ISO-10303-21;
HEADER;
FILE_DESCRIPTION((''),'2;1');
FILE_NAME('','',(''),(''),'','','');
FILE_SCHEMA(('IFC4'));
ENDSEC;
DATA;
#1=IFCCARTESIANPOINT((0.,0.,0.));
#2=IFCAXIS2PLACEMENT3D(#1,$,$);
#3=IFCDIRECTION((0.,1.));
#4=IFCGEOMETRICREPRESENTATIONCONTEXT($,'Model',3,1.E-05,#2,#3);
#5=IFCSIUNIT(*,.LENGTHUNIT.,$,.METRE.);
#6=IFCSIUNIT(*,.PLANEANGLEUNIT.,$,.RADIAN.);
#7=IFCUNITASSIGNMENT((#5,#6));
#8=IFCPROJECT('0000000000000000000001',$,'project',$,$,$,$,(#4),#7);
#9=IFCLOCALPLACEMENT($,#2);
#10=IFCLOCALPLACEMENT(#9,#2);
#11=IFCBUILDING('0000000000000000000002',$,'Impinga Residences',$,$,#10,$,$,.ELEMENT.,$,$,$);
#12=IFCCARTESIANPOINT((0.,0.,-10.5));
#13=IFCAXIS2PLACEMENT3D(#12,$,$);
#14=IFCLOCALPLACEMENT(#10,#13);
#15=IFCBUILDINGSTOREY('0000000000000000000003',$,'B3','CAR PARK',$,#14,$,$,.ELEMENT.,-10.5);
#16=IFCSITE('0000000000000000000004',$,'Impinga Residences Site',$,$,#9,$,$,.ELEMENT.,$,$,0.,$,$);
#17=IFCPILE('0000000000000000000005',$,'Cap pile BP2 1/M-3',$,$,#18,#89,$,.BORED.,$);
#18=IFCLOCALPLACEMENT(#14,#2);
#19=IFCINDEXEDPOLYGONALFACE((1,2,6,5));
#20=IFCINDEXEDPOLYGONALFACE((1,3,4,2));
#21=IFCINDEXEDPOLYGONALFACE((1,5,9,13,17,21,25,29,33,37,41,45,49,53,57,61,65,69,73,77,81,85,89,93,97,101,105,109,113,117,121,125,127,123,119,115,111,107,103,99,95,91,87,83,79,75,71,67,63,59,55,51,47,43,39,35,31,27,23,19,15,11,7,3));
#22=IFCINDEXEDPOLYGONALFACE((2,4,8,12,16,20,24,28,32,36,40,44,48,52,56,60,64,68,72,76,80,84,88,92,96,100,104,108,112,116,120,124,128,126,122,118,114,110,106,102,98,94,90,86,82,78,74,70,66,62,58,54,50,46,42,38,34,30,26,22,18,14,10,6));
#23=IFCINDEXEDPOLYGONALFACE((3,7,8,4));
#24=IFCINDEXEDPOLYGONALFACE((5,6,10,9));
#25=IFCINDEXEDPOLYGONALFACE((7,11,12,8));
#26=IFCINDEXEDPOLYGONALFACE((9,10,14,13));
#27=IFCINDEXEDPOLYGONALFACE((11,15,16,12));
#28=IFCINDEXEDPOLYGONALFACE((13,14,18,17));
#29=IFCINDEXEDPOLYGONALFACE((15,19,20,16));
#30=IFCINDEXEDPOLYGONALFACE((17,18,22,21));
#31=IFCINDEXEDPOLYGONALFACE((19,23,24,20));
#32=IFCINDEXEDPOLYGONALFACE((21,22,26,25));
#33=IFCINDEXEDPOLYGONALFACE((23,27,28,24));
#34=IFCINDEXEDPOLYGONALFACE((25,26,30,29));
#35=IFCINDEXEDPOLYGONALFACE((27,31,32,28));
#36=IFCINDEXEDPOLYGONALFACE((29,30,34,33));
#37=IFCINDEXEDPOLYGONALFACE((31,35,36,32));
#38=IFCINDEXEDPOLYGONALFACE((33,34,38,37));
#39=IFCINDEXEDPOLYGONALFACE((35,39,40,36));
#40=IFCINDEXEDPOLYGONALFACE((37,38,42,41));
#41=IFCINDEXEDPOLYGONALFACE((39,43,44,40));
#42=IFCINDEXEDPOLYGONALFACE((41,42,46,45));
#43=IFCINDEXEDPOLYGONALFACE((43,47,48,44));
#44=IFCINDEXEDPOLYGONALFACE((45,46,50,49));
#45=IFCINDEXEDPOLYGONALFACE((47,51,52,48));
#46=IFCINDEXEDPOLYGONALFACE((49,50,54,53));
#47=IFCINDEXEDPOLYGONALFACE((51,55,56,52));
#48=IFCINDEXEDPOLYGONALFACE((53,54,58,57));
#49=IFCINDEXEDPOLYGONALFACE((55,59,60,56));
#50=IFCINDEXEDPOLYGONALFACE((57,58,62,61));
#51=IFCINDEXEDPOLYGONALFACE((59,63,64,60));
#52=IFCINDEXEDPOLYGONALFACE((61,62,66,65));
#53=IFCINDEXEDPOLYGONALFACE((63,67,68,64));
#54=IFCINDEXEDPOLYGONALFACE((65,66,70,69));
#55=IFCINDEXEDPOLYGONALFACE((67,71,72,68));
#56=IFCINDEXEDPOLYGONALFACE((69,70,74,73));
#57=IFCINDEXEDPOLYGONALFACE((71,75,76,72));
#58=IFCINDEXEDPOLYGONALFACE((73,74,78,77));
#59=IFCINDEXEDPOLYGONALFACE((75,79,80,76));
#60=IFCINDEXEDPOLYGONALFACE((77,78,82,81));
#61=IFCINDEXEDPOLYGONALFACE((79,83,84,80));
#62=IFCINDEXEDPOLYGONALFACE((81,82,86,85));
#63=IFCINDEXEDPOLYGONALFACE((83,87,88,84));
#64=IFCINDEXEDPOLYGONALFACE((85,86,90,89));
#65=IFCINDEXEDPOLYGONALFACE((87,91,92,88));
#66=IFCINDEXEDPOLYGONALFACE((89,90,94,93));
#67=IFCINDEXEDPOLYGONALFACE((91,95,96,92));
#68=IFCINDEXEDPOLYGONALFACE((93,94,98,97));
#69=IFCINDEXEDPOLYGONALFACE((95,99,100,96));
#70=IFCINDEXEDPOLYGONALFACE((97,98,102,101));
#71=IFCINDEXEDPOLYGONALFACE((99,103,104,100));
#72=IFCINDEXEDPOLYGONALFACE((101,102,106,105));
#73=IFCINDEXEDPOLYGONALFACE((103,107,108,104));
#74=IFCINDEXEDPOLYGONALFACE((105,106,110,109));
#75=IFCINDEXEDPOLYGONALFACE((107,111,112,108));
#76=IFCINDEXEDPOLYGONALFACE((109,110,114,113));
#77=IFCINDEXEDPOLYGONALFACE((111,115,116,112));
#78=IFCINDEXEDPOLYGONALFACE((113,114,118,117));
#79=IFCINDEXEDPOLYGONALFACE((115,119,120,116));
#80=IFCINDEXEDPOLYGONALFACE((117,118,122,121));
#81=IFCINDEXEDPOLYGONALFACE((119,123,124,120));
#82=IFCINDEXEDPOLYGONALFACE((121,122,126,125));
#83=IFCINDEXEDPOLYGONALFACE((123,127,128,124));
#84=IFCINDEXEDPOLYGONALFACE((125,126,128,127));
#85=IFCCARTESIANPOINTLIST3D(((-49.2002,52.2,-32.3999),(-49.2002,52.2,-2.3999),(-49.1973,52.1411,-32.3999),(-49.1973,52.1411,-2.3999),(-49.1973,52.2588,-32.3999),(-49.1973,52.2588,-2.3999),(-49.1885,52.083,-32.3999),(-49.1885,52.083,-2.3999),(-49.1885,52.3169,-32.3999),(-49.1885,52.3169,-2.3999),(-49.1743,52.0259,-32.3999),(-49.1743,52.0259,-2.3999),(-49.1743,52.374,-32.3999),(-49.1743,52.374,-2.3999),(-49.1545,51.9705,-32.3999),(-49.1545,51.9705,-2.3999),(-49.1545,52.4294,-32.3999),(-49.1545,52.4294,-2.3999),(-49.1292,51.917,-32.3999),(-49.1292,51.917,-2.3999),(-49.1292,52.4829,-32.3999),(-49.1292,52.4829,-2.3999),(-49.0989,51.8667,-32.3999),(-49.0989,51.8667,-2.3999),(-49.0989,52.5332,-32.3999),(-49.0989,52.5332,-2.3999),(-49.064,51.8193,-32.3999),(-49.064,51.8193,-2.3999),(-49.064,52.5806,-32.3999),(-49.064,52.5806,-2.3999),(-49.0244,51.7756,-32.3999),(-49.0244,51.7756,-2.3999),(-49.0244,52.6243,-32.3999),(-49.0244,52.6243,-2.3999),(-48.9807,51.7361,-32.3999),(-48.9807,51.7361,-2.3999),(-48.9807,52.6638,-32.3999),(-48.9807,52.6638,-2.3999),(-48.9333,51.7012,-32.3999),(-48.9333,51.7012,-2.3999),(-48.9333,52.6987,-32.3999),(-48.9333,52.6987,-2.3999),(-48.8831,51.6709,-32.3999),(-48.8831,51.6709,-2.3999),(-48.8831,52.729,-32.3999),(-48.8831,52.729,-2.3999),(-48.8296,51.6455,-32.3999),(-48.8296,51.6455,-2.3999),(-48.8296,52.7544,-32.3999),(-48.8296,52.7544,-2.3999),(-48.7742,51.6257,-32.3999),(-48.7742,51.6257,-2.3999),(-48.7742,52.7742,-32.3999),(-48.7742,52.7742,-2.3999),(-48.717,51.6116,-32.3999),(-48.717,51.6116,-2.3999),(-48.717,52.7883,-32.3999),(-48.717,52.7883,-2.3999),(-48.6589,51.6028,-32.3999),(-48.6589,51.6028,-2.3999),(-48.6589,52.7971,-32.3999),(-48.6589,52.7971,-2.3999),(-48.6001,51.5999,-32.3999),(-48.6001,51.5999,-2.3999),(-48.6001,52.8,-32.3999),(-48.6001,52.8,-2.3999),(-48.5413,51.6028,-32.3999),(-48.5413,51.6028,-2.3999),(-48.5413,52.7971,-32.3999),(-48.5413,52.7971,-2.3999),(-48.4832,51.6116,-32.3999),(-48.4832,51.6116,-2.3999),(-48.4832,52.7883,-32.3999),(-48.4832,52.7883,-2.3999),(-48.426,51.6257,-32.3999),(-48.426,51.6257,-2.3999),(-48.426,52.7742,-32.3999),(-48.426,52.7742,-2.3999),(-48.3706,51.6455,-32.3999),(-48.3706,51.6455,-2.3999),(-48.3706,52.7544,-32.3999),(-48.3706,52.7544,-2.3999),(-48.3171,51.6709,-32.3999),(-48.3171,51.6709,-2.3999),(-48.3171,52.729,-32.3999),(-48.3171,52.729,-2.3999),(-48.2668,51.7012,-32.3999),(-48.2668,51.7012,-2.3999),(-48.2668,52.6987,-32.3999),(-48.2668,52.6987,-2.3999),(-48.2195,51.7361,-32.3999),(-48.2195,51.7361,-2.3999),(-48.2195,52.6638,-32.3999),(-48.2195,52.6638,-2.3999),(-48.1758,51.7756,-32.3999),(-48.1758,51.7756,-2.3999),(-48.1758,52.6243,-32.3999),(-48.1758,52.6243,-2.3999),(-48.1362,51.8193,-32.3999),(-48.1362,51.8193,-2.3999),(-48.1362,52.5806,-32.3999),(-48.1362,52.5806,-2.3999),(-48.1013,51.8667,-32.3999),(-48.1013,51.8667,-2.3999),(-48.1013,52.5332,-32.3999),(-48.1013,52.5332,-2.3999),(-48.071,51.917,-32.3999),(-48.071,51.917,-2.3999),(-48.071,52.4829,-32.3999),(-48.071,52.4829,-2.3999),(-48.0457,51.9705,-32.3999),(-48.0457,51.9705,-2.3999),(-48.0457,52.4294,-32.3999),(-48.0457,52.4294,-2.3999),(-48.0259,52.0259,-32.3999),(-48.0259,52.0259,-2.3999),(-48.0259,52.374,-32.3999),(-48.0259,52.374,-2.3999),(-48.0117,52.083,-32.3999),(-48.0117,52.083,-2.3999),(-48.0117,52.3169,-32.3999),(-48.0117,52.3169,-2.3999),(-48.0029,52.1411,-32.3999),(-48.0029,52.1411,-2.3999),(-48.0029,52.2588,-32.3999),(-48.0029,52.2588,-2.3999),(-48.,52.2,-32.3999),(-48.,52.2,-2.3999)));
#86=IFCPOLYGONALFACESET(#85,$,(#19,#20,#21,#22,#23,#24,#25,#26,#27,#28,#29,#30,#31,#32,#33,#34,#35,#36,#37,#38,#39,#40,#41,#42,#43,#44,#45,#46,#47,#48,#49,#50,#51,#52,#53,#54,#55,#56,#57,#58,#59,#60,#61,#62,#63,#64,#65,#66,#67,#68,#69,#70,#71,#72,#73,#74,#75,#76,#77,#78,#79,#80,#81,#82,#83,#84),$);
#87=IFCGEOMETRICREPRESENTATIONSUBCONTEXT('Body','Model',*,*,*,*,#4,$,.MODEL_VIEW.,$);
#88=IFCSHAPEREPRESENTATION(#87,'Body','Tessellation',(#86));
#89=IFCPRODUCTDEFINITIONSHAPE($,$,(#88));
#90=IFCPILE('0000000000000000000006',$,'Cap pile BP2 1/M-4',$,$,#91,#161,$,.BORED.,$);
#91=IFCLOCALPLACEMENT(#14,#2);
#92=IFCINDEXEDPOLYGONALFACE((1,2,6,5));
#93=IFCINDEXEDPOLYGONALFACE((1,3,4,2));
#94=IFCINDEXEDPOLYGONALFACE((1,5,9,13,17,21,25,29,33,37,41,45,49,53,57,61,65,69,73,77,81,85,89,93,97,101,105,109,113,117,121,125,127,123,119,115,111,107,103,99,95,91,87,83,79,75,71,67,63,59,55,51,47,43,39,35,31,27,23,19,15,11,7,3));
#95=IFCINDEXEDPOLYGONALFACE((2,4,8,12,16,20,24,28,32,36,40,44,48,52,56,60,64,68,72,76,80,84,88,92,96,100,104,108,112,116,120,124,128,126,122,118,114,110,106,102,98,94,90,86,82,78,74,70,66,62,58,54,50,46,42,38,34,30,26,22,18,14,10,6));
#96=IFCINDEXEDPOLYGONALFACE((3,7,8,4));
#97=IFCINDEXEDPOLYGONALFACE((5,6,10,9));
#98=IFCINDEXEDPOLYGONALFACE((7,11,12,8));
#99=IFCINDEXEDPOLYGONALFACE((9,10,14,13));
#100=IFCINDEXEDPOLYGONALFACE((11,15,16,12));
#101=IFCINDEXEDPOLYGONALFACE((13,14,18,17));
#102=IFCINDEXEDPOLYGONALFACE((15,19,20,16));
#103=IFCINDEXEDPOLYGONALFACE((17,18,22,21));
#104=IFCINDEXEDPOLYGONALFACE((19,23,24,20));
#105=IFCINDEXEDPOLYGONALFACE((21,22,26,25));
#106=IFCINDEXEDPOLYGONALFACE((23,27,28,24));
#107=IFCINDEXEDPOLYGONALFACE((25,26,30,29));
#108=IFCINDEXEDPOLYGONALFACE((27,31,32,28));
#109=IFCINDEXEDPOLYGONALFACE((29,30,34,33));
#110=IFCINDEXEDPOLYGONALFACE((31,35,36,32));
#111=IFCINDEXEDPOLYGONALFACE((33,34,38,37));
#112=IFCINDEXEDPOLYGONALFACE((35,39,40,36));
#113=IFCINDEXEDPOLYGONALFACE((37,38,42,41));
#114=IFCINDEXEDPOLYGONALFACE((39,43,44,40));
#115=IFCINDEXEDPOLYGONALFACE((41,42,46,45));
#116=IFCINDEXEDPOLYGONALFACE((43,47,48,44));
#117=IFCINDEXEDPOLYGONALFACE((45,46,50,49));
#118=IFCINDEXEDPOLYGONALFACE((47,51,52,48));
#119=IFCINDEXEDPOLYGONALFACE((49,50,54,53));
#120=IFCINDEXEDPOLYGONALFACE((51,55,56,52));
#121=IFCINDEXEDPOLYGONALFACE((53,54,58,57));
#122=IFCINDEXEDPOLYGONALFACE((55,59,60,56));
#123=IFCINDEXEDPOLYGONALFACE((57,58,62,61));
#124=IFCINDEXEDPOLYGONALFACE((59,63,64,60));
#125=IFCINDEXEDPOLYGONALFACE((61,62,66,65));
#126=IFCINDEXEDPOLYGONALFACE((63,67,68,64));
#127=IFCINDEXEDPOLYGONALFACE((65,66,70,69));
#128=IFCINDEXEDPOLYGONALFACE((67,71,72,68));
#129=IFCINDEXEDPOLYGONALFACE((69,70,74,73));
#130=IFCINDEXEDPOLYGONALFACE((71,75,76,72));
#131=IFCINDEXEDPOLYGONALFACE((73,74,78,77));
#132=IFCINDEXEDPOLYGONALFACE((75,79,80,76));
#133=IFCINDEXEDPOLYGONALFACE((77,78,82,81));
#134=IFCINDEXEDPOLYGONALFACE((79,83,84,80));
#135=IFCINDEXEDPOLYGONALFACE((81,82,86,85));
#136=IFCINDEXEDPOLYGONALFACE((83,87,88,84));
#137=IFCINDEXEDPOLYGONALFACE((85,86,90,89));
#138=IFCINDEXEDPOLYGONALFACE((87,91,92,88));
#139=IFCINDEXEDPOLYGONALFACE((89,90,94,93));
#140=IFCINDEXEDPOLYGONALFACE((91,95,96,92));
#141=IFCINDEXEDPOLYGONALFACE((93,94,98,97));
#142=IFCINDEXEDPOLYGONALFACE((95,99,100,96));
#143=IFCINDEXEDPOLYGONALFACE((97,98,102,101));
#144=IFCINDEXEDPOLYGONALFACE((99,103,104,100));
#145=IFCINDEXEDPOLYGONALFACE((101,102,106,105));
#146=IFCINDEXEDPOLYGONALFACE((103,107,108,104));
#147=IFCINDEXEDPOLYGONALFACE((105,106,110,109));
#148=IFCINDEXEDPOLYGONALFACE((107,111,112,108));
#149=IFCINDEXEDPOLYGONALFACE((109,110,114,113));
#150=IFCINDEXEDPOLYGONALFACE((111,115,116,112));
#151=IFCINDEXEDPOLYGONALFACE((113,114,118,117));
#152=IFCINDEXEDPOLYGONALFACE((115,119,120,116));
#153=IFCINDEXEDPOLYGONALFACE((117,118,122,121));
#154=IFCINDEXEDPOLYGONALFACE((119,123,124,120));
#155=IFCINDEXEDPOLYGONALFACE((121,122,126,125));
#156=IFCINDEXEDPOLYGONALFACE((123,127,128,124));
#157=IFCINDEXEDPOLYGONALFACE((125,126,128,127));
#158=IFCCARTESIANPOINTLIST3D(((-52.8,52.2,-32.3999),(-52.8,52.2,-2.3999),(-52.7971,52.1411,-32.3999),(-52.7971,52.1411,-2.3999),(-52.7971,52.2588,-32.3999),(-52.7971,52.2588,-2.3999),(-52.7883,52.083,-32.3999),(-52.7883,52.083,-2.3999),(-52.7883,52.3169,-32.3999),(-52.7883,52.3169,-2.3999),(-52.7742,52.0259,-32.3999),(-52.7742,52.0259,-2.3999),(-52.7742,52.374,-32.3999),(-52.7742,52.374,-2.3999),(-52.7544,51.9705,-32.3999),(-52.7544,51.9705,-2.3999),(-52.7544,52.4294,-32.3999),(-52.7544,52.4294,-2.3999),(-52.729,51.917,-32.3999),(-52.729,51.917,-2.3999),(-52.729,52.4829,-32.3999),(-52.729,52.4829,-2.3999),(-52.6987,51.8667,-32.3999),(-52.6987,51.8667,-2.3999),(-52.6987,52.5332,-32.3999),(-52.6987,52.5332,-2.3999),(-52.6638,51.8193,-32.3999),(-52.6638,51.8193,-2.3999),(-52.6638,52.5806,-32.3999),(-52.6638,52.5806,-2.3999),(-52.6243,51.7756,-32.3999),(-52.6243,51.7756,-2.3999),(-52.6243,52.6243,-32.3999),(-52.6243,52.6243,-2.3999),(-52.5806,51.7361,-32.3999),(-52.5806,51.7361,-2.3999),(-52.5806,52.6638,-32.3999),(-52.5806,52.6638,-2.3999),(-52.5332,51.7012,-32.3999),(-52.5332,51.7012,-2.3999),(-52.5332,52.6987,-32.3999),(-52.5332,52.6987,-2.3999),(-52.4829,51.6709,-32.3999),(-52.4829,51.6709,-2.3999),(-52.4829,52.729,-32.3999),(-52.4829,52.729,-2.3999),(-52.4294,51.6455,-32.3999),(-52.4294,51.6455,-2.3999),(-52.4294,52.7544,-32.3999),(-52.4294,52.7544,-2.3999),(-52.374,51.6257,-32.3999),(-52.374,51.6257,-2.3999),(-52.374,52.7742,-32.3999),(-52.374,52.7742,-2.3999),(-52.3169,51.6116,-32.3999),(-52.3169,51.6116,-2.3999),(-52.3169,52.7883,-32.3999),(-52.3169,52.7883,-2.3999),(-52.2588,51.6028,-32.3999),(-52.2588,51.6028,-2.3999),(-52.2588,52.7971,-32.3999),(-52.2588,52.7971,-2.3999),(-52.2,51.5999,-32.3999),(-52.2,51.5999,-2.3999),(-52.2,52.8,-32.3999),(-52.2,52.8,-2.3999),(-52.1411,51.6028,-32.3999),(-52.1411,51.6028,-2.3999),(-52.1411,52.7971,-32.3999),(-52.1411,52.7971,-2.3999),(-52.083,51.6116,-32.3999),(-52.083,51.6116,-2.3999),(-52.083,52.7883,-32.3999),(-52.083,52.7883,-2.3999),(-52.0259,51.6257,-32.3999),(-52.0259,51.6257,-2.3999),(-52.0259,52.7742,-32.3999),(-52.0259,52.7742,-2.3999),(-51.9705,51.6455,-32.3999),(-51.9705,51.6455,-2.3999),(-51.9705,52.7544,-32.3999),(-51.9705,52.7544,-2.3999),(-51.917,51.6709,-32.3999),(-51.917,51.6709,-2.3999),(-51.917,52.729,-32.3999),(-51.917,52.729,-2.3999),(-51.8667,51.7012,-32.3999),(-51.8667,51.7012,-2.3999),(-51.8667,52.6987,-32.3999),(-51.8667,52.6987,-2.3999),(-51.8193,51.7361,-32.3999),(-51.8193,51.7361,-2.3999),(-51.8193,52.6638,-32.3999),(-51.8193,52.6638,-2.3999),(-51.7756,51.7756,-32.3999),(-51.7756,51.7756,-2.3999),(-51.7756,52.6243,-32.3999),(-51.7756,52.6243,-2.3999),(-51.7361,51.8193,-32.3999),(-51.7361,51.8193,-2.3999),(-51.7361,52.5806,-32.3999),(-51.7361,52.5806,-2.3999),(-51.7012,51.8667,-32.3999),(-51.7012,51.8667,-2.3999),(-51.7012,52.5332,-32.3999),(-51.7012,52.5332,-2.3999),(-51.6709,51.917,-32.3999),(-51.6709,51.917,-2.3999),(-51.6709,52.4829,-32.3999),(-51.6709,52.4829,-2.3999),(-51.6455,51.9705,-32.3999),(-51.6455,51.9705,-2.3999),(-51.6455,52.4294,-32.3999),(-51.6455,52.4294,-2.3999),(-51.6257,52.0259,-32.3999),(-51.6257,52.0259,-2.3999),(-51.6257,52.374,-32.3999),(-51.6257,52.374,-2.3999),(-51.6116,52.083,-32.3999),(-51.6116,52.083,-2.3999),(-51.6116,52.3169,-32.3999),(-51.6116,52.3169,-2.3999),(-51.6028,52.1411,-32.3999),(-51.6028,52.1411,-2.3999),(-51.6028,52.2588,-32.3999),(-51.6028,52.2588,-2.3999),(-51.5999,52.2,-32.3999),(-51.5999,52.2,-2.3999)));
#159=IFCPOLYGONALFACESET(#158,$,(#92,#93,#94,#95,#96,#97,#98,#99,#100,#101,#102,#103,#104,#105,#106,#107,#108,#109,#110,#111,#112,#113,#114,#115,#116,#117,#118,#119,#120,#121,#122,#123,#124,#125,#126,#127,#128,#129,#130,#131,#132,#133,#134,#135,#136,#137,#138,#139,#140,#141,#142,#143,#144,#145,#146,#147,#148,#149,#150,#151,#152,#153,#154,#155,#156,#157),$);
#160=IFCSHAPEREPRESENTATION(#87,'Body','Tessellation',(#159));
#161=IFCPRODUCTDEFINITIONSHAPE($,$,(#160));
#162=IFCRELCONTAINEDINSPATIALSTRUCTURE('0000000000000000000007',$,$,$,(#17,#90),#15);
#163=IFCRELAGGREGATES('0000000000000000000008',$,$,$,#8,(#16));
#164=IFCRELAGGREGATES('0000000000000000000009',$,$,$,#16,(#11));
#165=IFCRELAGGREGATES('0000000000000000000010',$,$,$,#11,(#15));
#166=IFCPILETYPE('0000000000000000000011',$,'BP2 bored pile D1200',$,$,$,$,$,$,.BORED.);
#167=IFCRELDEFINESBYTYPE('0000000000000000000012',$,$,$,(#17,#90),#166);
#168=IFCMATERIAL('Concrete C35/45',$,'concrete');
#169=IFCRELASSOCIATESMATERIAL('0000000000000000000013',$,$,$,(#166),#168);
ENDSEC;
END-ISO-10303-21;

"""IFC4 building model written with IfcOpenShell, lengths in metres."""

from ifc_helpers import new_model, si_unit, direction, frame, origin, origin_2d, place, context, subcontext, project, spatial, polyline, circle, outline, extrude, material, material_profile, profile_set, type_object, element, save


model = new_model("IFC4")

# Units and contexts
model_context = context("Model", 3, precision=1e-05, world=origin(), true_north=direction((0.0, 1.0)))
body_context = subcontext(model_context, "Body", "Model", "MODEL_VIEW")
ifc_project = project(units=[si_unit("LENGTHUNIT", "METRE"), si_unit("PLANEANGLEUNIT", "RADIAN")], contexts=[model_context])

# Site, building, storey
site_placement = place(None, origin())
site = spatial("IfcSite", under=ifc_project, at=site_placement, Name="Impinga Residences Site", CompositionType="ELEMENT", RefElevation=0.0)
building_placement = place(site_placement, origin())
building = spatial("IfcBuilding", under=site, at=building_placement, Name="Impinga Residences", CompositionType="ELEMENT")
storey_placement = place(building_placement, frame((0.0, 0.0, -10.5)))
storey = spatial("IfcBuildingStorey", under=building, at=storey_placement, Name="B3", Description="CAR PARK", CompositionType="ELEMENT", Elevation=-10.5)

# Piles
ifc_material_1 = material(Name="Concrete C35/45", Category="concrete")
ifc_material_profile_1 = material_profile(ifc_material_1, circle(Radius=0.6001, at=origin_2d()), Name="D1200")
ifc_profile_set_1 = profile_set([ifc_material_profile_1], Name="Concrete C35/45")
pile_type = type_object("IfcPileType", Name="BP2 bored pile D1200", PredefinedType="BORED", material=ifc_profile_set_1)
pile_1_placement = place(storey_placement, frame((-48.6001, 52.2, -2.3999), z_axis=(0.0, 0.0, -1.0), x_axis=(1.0, 0.0, 0.0)))
element("IfcPile", 1, at=pile_1_placement, inside=storey, type_object=pile_type, Name="Cap pile BP2 1/M-3", PredefinedType="BORED", context=body_context, shape_type="SweptSolid", body=[
    extrude(outline(polyline([(0.6001, 0.0), (0.5972, 0.0588), (0.5884, 0.1169), (0.5742, 0.1741), (0.5544, 0.2295), (0.5291, 0.283), (0.4988, 0.3333), (0.4639, 0.3806), (0.4243, 0.4243), (0.3806, 0.4639), (0.3333, 0.4988), (0.283, 0.5291), (0.2295, 0.5544), (0.1741, 0.5742), (0.1169, 0.5884), (0.0588, 0.5972), (0.0, 0.6001), (-0.0588, 0.5972), (-0.1169, 0.5884), (-0.1741, 0.5742), (-0.2295, 0.5544), (-0.283, 0.5291), (-0.3333, 0.4988), (-0.3806, 0.4639), (-0.4243, 0.4243), (-0.4639, 0.3806), (-0.4988, 0.3333), (-0.5291, 0.283), (-0.5544, 0.2295), (-0.5742, 0.1741), (-0.5884, 0.1169), (-0.5972, 0.0588), (-0.6001, 0.0), (-0.5972, -0.0588), (-0.5884, -0.1169), (-0.5742, -0.1741), (-0.5544, -0.2295), (-0.5291, -0.283), (-0.4988, -0.3333), (-0.4639, -0.3806), (-0.4243, -0.4243), (-0.3806, -0.4639), (-0.3333, -0.4988), (-0.283, -0.5291), (-0.2295, -0.5544), (-0.1741, -0.5742), (-0.1169, -0.5884), (-0.0588, -0.5972), (0.0, -0.6001), (0.0588, -0.5972), (0.1169, -0.5884), (0.1741, -0.5742), (0.2295, -0.5544), (0.283, -0.5291), (0.3333, -0.4988), (0.3806, -0.4639), (0.4243, -0.4243), (0.4639, -0.3806), (0.4988, -0.3333), (0.5291, -0.283), (0.5544, -0.2295), (0.5742, -0.1741), (0.5884, -0.1169), (0.5972, -0.0588), (0.6001, 0.0)])), origin(), (0.0, 0.0, 1.0), 30.0),
])
pile_2_placement = place(storey_placement, frame((-52.2, 52.2, -2.3999), z_axis=(0.0, 0.0, -1.0), x_axis=(1.0, 0.0, 0.0)))
element("IfcPile", 2, at=pile_2_placement, inside=storey, type_object=pile_type, Name="Cap pile BP2 1/M-4", PredefinedType="BORED", context=body_context, shape_type="SweptSolid", body=[
    extrude(outline(polyline([(0.6001, 0.0), (0.5972, 0.0588), (0.5884, 0.1169), (0.5742, 0.1741), (0.5544, 0.2295), (0.5291, 0.283), (0.4988, 0.3333), (0.4639, 0.3806), (0.4243, 0.4243), (0.3806, 0.4639), (0.3333, 0.4988), (0.283, 0.5291), (0.2295, 0.5544), (0.1741, 0.5742), (0.1169, 0.5884), (0.0588, 0.5972), (0.0, 0.6001), (-0.0588, 0.5972), (-0.1169, 0.5884), (-0.1741, 0.5742), (-0.2295, 0.5544), (-0.283, 0.5291), (-0.3333, 0.4988), (-0.3806, 0.4639), (-0.4243, 0.4243), (-0.4639, 0.3806), (-0.4988, 0.3333), (-0.5291, 0.283), (-0.5544, 0.2295), (-0.5742, 0.1741), (-0.5884, 0.1169), (-0.5972, 0.0588), (-0.6001, 0.0), (-0.5972, -0.0588), (-0.5884, -0.1169), (-0.5742, -0.1741), (-0.5544, -0.2295), (-0.5291, -0.283), (-0.4988, -0.3333), (-0.4639, -0.3806), (-0.4243, -0.4243), (-0.3806, -0.4639), (-0.3333, -0.4988), (-0.283, -0.5291), (-0.2295, -0.5544), (-0.1741, -0.5742), (-0.1169, -0.5884), (-0.0588, -0.5972), (0.0, -0.6001), (0.0588, -0.5972), (0.1169, -0.5884), (0.1741, -0.5742), (0.2295, -0.5544), (0.283, -0.5291), (0.3333, -0.4988), (0.3806, -0.4639), (0.4243, -0.4243), (0.4639, -0.3806), (0.4988, -0.3333), (0.5291, -0.283), (0.5544, -0.2295), (0.5742, -0.1741), (0.5884, -0.1169), (0.5972, -0.0588), (0.6001, 0.0)])), origin(), (0.0, 0.0, 1.0), 30.0),
])

save(model, "model.ifc")
